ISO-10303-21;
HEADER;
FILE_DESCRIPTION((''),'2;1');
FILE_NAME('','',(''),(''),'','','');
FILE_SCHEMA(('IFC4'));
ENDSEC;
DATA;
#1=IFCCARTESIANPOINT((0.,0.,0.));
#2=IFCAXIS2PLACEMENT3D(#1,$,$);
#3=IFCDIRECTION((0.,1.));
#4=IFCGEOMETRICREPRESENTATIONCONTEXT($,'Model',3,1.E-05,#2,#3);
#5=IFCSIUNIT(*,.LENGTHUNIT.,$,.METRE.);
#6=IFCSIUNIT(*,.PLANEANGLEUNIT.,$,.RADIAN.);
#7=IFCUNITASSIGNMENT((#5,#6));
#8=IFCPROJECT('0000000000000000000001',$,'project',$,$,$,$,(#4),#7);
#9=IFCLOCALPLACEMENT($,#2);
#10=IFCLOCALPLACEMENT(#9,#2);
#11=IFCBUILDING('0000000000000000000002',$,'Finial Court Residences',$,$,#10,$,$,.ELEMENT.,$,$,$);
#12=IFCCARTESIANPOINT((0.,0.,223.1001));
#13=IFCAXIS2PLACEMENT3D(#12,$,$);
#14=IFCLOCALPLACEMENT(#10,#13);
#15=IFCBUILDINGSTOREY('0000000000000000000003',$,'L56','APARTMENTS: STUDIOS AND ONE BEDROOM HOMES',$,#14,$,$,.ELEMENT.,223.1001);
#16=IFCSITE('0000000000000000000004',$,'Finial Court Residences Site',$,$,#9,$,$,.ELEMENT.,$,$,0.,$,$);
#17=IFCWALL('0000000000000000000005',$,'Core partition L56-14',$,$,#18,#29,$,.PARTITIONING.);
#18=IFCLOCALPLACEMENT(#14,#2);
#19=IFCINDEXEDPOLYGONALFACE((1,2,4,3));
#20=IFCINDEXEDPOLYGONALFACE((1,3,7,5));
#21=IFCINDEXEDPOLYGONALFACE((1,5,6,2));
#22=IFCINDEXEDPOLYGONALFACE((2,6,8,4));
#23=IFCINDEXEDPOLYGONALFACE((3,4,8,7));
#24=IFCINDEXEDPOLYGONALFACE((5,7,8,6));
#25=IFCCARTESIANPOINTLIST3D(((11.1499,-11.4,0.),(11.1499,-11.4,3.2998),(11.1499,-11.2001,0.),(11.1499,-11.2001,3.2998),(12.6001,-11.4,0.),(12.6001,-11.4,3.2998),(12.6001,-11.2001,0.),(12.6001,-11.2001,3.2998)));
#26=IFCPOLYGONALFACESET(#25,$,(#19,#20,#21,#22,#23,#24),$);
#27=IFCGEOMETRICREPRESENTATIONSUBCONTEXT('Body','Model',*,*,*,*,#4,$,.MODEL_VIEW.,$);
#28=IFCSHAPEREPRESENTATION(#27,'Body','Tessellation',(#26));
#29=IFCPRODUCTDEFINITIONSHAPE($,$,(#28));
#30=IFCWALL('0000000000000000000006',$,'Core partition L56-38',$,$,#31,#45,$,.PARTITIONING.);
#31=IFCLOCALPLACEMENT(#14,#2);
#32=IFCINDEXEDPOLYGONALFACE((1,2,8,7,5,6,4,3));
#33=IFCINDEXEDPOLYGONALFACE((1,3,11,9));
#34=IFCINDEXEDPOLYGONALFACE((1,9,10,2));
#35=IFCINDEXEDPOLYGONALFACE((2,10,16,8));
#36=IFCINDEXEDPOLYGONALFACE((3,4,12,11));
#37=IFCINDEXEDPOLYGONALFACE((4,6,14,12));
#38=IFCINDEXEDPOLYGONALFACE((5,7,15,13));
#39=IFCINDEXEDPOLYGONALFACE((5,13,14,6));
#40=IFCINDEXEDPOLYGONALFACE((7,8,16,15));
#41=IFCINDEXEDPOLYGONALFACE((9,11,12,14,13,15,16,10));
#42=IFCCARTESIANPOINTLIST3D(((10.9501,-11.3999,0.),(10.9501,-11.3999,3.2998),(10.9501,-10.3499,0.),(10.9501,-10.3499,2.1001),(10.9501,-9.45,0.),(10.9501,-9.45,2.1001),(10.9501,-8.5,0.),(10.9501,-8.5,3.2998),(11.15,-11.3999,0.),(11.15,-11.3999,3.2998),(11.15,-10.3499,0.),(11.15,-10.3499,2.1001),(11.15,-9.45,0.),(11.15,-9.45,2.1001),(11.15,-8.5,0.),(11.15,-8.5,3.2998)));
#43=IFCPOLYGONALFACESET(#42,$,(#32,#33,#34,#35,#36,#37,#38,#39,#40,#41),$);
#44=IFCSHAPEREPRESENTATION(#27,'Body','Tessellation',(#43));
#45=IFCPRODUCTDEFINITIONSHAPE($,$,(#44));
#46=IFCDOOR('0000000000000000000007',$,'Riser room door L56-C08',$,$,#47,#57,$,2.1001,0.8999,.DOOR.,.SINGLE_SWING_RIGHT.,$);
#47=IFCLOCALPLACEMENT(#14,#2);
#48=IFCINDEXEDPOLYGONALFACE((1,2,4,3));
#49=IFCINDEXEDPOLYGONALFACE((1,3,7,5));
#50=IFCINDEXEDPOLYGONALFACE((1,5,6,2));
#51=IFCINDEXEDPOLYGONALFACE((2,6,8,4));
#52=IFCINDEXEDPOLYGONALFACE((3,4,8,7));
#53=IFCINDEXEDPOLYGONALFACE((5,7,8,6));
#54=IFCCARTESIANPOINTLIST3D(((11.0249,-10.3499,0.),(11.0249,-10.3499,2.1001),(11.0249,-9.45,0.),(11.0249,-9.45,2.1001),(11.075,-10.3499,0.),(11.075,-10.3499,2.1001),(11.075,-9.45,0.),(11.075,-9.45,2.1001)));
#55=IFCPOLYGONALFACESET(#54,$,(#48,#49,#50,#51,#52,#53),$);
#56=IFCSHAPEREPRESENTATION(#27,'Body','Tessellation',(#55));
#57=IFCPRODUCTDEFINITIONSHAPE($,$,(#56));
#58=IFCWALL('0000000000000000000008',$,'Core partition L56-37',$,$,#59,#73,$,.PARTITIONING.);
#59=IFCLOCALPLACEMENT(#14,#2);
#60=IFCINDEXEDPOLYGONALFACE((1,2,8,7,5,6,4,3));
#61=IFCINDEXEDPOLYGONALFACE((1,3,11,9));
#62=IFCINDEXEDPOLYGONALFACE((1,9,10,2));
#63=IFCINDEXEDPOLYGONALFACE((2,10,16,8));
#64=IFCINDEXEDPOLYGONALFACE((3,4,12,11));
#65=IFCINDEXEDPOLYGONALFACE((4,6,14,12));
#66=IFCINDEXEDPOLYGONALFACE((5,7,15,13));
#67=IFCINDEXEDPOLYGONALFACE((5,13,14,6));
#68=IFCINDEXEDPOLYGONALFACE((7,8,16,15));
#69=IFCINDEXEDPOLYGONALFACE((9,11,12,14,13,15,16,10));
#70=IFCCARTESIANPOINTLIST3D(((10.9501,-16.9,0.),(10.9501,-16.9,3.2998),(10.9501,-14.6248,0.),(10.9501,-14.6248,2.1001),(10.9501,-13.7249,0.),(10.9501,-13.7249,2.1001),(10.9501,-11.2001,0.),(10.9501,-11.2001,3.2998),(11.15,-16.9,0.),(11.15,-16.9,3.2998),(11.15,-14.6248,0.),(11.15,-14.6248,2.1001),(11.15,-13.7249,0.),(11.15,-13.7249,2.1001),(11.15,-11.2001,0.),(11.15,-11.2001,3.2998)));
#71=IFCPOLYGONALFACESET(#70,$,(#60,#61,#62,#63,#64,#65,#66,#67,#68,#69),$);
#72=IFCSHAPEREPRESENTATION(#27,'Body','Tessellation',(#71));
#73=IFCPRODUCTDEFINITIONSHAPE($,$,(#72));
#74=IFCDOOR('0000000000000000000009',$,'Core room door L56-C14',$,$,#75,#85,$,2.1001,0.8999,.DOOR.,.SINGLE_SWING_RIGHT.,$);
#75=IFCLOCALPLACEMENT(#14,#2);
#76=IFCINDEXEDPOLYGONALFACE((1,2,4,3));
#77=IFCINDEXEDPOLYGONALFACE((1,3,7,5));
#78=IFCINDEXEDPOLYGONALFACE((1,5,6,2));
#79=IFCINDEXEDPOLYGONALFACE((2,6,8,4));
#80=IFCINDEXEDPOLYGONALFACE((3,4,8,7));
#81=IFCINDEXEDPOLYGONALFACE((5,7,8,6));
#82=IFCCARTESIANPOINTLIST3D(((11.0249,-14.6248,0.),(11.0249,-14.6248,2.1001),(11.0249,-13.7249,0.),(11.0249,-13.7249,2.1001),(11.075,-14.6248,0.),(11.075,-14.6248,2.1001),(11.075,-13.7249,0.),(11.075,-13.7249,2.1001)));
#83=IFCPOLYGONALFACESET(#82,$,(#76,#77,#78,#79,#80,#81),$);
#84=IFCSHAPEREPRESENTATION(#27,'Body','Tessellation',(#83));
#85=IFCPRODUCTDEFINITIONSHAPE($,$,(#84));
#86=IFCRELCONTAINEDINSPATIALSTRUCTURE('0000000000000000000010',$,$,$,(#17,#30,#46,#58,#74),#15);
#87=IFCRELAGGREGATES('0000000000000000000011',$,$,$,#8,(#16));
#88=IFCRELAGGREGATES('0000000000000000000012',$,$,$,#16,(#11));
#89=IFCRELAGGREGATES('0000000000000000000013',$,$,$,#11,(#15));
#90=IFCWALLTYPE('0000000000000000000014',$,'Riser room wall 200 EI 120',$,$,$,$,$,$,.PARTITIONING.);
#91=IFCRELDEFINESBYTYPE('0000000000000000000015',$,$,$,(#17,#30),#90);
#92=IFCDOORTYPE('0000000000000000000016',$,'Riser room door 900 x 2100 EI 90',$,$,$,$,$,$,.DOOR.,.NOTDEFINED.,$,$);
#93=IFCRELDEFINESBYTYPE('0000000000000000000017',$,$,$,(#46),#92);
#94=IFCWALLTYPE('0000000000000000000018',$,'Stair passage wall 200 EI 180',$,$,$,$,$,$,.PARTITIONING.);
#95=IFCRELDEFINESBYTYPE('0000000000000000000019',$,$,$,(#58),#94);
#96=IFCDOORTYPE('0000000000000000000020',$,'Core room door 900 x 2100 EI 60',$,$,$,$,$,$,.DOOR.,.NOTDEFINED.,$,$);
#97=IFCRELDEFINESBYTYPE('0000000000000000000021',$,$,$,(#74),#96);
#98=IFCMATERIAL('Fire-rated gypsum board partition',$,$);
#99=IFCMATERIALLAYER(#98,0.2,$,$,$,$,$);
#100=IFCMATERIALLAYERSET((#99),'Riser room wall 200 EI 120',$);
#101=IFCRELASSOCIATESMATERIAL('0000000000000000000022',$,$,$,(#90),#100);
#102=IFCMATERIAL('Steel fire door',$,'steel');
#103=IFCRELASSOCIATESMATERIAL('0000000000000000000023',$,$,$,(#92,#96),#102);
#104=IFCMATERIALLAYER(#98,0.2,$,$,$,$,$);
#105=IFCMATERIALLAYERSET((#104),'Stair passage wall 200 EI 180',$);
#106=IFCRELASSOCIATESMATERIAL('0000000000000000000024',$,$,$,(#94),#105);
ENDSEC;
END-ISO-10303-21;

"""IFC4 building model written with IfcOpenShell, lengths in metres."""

from ifc_helpers import new_model, si_unit, direction, frame, frame_2d, origin, place, context, subcontext, project, spatial, rectangle, extrude, material, layer, layer_set, type_object, element, fill, save


model = new_model("IFC4")

# Units and contexts
model_context = context("Model", 3, precision=1e-05, world=origin(), true_north=direction((0.0, 1.0)))
body_context = subcontext(model_context, "Body", "Model", "MODEL_VIEW")
ifc_project = project(units=[si_unit("LENGTHUNIT", "METRE"), si_unit("PLANEANGLEUNIT", "RADIAN")], contexts=[model_context])

# Site, building, storey
site_placement = place(None, origin())
site = spatial("IfcSite", under=ifc_project, at=site_placement, Name="Finial Court Residences Site", CompositionType="ELEMENT", RefElevation=0.0)
building_placement = place(site_placement, origin())
building = spatial("IfcBuilding", under=site, at=building_placement, Name="Finial Court Residences", CompositionType="ELEMENT")
storey_placement = place(building_placement, frame((0.0, 0.0, 223.1001)))
storey = spatial("IfcBuildingStorey", under=building, at=storey_placement, Name="L56", Description="APARTMENTS: STUDIOS AND ONE BEDROOM HOMES", CompositionType="ELEMENT", Elevation=223.1001)

# Shared definitions
ifc_material_1 = material(Name="Steel fire door", Category="steel")

# Wall
ifc_material_2 = material(Name="Fire-rated gypsum board partition")
ifc_layer_1 = layer(ifc_material_2, 0.2)
ifc_layer_set_1 = layer_set([ifc_layer_1], Name="Riser room wall 200 EI 120")
wall_type_1 = type_object("IfcWallType", Name="Riser room wall 200 EI 120", PredefinedType="PARTITIONING", material=ifc_layer_set_1)
wall_1_placement = place(storey_placement, frame((11.1499, -11.3, 0.0), z_axis=(0.0, 0.0, 1.0), x_axis=(1.0, 0.0, 0.0)))
element("IfcWall", 1, at=wall_1_placement, inside=storey, type_object=wall_type_1, Name="Core partition L56-14", PredefinedType="PARTITIONING", context=body_context, shape_type="SweptSolid", body=[
    extrude(rectangle(XDim=1.4502, YDim=0.2, at=frame_2d((0.7251, 0.0))), origin(), (0.0, 0.0, 1.0), 3.2998),
])

# Walls, openings, doors
wall_2_placement = place(storey_placement, frame((11.05, -8.5, 0.0), z_axis=(0.0, 0.0, 1.0), x_axis=(0.0, -1.0, 0.0)))
wall_2 = element("IfcWall", 2, at=wall_2_placement, inside=storey, type_object=wall_type_1, Name="Core partition L56-38", PredefinedType="PARTITIONING", context=body_context, shape_type="SweptSolid", body=[
    extrude(rectangle(XDim=2.8999, YDim=0.2, at=frame_2d((1.45, 0.0))), origin(), (0.0, 0.0, 1.0), 3.2998),
])
opening_1_placement = place(wall_2_placement, frame((0.95, 0.0, 0.0)))
opening_1 = element("IfcOpeningElement", 3, at=opening_1_placement, cuts=wall_2, PredefinedType="OPENING", context=body_context, shape_type="SweptSolid", body=[
    extrude(rectangle(XDim=0.8999, YDim=2.1001, at=frame_2d((0.45, 1.05))), frame((0.0, 0.1099, 0.0), z_axis=(0.0, -1.0, 0.0), x_axis=(1.0, 0.0, 0.0)), (0.0, 0.0, 1.0), 0.22),
])
door_type_1 = type_object("IfcDoorType", Name="Riser room door 900 x 2100 EI 90", OperationType="NOTDEFINED", PredefinedType="DOOR", material=ifc_material_1)
door_1_placement = place(opening_1_placement, origin())
door_1 = element("IfcDoor", 4, at=door_1_placement, inside=storey, type_object=door_type_1, Name="Riser room door L56-C08", OperationType="SINGLE_SWING_RIGHT", OverallHeight=2.1001, OverallWidth=0.8999, PredefinedType="DOOR", context=body_context, shape_type="SweptSolid", body=[
    extrude(rectangle(XDim=0.8999, YDim=2.1001, at=frame_2d((0.45, 1.05))), frame((0.0, 0.0249, 0.0), z_axis=(0.0, -1.0, 0.0), x_axis=(1.0, 0.0, 0.0)), (0.0, 0.0, 1.0), 0.05),
])
fill(opening_1, door_1)
ifc_layer_2 = layer(ifc_material_2, 0.2)
ifc_layer_set_2 = layer_set([ifc_layer_2], Name="Stair passage wall 200 EI 180")
wall_type_2 = type_object("IfcWallType", Name="Stair passage wall 200 EI 180", PredefinedType="PARTITIONING", material=ifc_layer_set_2)
wall_3_placement = place(storey_placement, frame((11.05, -11.2, 0.0), z_axis=(0.0, 0.0, 1.0), x_axis=(0.0, -1.0, 0.0)))
wall_3 = element("IfcWall", 5, at=wall_3_placement, inside=storey, type_object=wall_type_2, Name="Core partition L56-37", PredefinedType="PARTITIONING", context=body_context, shape_type="SweptSolid", body=[
    extrude(rectangle(XDim=5.7, YDim=0.2, at=frame_2d((2.8501, 0.0))), origin(), (0.0, 0.0, 1.0), 3.2998),
])
opening_2_placement = place(wall_3_placement, frame((2.5249, 0.0, 0.0)))
opening_2 = element("IfcOpeningElement", 6, at=opening_2_placement, cuts=wall_3, PredefinedType="OPENING", context=body_context, shape_type="SweptSolid", body=[
    extrude(rectangle(XDim=0.8999, YDim=2.1001, at=frame_2d((0.45, 1.05))), frame((0.0, 0.1099, 0.0), z_axis=(0.0, -1.0, 0.0), x_axis=(1.0, 0.0, 0.0)), (0.0, 0.0, 1.0), 0.22),
])
door_type_2 = type_object("IfcDoorType", Name="Core room door 900 x 2100 EI 60", OperationType="NOTDEFINED", PredefinedType="DOOR", material=ifc_material_1)
door_2_placement = place(opening_2_placement, origin())
door_2 = element("IfcDoor", 7, at=door_2_placement, inside=storey, type_object=door_type_2, Name="Core room door L56-C14", OperationType="SINGLE_SWING_RIGHT", OverallHeight=2.1001, OverallWidth=0.8999, PredefinedType="DOOR", context=body_context, shape_type="SweptSolid", body=[
    extrude(rectangle(XDim=0.8999, YDim=2.1001, at=frame_2d((0.45, 1.05))), frame((0.0, 0.0249, 0.0), z_axis=(0.0, -1.0, 0.0), x_axis=(1.0, 0.0, 0.0)), (0.0, 0.0, 1.0), 0.05),
])
fill(opening_2, door_2)

save(model, "model.ifc")
